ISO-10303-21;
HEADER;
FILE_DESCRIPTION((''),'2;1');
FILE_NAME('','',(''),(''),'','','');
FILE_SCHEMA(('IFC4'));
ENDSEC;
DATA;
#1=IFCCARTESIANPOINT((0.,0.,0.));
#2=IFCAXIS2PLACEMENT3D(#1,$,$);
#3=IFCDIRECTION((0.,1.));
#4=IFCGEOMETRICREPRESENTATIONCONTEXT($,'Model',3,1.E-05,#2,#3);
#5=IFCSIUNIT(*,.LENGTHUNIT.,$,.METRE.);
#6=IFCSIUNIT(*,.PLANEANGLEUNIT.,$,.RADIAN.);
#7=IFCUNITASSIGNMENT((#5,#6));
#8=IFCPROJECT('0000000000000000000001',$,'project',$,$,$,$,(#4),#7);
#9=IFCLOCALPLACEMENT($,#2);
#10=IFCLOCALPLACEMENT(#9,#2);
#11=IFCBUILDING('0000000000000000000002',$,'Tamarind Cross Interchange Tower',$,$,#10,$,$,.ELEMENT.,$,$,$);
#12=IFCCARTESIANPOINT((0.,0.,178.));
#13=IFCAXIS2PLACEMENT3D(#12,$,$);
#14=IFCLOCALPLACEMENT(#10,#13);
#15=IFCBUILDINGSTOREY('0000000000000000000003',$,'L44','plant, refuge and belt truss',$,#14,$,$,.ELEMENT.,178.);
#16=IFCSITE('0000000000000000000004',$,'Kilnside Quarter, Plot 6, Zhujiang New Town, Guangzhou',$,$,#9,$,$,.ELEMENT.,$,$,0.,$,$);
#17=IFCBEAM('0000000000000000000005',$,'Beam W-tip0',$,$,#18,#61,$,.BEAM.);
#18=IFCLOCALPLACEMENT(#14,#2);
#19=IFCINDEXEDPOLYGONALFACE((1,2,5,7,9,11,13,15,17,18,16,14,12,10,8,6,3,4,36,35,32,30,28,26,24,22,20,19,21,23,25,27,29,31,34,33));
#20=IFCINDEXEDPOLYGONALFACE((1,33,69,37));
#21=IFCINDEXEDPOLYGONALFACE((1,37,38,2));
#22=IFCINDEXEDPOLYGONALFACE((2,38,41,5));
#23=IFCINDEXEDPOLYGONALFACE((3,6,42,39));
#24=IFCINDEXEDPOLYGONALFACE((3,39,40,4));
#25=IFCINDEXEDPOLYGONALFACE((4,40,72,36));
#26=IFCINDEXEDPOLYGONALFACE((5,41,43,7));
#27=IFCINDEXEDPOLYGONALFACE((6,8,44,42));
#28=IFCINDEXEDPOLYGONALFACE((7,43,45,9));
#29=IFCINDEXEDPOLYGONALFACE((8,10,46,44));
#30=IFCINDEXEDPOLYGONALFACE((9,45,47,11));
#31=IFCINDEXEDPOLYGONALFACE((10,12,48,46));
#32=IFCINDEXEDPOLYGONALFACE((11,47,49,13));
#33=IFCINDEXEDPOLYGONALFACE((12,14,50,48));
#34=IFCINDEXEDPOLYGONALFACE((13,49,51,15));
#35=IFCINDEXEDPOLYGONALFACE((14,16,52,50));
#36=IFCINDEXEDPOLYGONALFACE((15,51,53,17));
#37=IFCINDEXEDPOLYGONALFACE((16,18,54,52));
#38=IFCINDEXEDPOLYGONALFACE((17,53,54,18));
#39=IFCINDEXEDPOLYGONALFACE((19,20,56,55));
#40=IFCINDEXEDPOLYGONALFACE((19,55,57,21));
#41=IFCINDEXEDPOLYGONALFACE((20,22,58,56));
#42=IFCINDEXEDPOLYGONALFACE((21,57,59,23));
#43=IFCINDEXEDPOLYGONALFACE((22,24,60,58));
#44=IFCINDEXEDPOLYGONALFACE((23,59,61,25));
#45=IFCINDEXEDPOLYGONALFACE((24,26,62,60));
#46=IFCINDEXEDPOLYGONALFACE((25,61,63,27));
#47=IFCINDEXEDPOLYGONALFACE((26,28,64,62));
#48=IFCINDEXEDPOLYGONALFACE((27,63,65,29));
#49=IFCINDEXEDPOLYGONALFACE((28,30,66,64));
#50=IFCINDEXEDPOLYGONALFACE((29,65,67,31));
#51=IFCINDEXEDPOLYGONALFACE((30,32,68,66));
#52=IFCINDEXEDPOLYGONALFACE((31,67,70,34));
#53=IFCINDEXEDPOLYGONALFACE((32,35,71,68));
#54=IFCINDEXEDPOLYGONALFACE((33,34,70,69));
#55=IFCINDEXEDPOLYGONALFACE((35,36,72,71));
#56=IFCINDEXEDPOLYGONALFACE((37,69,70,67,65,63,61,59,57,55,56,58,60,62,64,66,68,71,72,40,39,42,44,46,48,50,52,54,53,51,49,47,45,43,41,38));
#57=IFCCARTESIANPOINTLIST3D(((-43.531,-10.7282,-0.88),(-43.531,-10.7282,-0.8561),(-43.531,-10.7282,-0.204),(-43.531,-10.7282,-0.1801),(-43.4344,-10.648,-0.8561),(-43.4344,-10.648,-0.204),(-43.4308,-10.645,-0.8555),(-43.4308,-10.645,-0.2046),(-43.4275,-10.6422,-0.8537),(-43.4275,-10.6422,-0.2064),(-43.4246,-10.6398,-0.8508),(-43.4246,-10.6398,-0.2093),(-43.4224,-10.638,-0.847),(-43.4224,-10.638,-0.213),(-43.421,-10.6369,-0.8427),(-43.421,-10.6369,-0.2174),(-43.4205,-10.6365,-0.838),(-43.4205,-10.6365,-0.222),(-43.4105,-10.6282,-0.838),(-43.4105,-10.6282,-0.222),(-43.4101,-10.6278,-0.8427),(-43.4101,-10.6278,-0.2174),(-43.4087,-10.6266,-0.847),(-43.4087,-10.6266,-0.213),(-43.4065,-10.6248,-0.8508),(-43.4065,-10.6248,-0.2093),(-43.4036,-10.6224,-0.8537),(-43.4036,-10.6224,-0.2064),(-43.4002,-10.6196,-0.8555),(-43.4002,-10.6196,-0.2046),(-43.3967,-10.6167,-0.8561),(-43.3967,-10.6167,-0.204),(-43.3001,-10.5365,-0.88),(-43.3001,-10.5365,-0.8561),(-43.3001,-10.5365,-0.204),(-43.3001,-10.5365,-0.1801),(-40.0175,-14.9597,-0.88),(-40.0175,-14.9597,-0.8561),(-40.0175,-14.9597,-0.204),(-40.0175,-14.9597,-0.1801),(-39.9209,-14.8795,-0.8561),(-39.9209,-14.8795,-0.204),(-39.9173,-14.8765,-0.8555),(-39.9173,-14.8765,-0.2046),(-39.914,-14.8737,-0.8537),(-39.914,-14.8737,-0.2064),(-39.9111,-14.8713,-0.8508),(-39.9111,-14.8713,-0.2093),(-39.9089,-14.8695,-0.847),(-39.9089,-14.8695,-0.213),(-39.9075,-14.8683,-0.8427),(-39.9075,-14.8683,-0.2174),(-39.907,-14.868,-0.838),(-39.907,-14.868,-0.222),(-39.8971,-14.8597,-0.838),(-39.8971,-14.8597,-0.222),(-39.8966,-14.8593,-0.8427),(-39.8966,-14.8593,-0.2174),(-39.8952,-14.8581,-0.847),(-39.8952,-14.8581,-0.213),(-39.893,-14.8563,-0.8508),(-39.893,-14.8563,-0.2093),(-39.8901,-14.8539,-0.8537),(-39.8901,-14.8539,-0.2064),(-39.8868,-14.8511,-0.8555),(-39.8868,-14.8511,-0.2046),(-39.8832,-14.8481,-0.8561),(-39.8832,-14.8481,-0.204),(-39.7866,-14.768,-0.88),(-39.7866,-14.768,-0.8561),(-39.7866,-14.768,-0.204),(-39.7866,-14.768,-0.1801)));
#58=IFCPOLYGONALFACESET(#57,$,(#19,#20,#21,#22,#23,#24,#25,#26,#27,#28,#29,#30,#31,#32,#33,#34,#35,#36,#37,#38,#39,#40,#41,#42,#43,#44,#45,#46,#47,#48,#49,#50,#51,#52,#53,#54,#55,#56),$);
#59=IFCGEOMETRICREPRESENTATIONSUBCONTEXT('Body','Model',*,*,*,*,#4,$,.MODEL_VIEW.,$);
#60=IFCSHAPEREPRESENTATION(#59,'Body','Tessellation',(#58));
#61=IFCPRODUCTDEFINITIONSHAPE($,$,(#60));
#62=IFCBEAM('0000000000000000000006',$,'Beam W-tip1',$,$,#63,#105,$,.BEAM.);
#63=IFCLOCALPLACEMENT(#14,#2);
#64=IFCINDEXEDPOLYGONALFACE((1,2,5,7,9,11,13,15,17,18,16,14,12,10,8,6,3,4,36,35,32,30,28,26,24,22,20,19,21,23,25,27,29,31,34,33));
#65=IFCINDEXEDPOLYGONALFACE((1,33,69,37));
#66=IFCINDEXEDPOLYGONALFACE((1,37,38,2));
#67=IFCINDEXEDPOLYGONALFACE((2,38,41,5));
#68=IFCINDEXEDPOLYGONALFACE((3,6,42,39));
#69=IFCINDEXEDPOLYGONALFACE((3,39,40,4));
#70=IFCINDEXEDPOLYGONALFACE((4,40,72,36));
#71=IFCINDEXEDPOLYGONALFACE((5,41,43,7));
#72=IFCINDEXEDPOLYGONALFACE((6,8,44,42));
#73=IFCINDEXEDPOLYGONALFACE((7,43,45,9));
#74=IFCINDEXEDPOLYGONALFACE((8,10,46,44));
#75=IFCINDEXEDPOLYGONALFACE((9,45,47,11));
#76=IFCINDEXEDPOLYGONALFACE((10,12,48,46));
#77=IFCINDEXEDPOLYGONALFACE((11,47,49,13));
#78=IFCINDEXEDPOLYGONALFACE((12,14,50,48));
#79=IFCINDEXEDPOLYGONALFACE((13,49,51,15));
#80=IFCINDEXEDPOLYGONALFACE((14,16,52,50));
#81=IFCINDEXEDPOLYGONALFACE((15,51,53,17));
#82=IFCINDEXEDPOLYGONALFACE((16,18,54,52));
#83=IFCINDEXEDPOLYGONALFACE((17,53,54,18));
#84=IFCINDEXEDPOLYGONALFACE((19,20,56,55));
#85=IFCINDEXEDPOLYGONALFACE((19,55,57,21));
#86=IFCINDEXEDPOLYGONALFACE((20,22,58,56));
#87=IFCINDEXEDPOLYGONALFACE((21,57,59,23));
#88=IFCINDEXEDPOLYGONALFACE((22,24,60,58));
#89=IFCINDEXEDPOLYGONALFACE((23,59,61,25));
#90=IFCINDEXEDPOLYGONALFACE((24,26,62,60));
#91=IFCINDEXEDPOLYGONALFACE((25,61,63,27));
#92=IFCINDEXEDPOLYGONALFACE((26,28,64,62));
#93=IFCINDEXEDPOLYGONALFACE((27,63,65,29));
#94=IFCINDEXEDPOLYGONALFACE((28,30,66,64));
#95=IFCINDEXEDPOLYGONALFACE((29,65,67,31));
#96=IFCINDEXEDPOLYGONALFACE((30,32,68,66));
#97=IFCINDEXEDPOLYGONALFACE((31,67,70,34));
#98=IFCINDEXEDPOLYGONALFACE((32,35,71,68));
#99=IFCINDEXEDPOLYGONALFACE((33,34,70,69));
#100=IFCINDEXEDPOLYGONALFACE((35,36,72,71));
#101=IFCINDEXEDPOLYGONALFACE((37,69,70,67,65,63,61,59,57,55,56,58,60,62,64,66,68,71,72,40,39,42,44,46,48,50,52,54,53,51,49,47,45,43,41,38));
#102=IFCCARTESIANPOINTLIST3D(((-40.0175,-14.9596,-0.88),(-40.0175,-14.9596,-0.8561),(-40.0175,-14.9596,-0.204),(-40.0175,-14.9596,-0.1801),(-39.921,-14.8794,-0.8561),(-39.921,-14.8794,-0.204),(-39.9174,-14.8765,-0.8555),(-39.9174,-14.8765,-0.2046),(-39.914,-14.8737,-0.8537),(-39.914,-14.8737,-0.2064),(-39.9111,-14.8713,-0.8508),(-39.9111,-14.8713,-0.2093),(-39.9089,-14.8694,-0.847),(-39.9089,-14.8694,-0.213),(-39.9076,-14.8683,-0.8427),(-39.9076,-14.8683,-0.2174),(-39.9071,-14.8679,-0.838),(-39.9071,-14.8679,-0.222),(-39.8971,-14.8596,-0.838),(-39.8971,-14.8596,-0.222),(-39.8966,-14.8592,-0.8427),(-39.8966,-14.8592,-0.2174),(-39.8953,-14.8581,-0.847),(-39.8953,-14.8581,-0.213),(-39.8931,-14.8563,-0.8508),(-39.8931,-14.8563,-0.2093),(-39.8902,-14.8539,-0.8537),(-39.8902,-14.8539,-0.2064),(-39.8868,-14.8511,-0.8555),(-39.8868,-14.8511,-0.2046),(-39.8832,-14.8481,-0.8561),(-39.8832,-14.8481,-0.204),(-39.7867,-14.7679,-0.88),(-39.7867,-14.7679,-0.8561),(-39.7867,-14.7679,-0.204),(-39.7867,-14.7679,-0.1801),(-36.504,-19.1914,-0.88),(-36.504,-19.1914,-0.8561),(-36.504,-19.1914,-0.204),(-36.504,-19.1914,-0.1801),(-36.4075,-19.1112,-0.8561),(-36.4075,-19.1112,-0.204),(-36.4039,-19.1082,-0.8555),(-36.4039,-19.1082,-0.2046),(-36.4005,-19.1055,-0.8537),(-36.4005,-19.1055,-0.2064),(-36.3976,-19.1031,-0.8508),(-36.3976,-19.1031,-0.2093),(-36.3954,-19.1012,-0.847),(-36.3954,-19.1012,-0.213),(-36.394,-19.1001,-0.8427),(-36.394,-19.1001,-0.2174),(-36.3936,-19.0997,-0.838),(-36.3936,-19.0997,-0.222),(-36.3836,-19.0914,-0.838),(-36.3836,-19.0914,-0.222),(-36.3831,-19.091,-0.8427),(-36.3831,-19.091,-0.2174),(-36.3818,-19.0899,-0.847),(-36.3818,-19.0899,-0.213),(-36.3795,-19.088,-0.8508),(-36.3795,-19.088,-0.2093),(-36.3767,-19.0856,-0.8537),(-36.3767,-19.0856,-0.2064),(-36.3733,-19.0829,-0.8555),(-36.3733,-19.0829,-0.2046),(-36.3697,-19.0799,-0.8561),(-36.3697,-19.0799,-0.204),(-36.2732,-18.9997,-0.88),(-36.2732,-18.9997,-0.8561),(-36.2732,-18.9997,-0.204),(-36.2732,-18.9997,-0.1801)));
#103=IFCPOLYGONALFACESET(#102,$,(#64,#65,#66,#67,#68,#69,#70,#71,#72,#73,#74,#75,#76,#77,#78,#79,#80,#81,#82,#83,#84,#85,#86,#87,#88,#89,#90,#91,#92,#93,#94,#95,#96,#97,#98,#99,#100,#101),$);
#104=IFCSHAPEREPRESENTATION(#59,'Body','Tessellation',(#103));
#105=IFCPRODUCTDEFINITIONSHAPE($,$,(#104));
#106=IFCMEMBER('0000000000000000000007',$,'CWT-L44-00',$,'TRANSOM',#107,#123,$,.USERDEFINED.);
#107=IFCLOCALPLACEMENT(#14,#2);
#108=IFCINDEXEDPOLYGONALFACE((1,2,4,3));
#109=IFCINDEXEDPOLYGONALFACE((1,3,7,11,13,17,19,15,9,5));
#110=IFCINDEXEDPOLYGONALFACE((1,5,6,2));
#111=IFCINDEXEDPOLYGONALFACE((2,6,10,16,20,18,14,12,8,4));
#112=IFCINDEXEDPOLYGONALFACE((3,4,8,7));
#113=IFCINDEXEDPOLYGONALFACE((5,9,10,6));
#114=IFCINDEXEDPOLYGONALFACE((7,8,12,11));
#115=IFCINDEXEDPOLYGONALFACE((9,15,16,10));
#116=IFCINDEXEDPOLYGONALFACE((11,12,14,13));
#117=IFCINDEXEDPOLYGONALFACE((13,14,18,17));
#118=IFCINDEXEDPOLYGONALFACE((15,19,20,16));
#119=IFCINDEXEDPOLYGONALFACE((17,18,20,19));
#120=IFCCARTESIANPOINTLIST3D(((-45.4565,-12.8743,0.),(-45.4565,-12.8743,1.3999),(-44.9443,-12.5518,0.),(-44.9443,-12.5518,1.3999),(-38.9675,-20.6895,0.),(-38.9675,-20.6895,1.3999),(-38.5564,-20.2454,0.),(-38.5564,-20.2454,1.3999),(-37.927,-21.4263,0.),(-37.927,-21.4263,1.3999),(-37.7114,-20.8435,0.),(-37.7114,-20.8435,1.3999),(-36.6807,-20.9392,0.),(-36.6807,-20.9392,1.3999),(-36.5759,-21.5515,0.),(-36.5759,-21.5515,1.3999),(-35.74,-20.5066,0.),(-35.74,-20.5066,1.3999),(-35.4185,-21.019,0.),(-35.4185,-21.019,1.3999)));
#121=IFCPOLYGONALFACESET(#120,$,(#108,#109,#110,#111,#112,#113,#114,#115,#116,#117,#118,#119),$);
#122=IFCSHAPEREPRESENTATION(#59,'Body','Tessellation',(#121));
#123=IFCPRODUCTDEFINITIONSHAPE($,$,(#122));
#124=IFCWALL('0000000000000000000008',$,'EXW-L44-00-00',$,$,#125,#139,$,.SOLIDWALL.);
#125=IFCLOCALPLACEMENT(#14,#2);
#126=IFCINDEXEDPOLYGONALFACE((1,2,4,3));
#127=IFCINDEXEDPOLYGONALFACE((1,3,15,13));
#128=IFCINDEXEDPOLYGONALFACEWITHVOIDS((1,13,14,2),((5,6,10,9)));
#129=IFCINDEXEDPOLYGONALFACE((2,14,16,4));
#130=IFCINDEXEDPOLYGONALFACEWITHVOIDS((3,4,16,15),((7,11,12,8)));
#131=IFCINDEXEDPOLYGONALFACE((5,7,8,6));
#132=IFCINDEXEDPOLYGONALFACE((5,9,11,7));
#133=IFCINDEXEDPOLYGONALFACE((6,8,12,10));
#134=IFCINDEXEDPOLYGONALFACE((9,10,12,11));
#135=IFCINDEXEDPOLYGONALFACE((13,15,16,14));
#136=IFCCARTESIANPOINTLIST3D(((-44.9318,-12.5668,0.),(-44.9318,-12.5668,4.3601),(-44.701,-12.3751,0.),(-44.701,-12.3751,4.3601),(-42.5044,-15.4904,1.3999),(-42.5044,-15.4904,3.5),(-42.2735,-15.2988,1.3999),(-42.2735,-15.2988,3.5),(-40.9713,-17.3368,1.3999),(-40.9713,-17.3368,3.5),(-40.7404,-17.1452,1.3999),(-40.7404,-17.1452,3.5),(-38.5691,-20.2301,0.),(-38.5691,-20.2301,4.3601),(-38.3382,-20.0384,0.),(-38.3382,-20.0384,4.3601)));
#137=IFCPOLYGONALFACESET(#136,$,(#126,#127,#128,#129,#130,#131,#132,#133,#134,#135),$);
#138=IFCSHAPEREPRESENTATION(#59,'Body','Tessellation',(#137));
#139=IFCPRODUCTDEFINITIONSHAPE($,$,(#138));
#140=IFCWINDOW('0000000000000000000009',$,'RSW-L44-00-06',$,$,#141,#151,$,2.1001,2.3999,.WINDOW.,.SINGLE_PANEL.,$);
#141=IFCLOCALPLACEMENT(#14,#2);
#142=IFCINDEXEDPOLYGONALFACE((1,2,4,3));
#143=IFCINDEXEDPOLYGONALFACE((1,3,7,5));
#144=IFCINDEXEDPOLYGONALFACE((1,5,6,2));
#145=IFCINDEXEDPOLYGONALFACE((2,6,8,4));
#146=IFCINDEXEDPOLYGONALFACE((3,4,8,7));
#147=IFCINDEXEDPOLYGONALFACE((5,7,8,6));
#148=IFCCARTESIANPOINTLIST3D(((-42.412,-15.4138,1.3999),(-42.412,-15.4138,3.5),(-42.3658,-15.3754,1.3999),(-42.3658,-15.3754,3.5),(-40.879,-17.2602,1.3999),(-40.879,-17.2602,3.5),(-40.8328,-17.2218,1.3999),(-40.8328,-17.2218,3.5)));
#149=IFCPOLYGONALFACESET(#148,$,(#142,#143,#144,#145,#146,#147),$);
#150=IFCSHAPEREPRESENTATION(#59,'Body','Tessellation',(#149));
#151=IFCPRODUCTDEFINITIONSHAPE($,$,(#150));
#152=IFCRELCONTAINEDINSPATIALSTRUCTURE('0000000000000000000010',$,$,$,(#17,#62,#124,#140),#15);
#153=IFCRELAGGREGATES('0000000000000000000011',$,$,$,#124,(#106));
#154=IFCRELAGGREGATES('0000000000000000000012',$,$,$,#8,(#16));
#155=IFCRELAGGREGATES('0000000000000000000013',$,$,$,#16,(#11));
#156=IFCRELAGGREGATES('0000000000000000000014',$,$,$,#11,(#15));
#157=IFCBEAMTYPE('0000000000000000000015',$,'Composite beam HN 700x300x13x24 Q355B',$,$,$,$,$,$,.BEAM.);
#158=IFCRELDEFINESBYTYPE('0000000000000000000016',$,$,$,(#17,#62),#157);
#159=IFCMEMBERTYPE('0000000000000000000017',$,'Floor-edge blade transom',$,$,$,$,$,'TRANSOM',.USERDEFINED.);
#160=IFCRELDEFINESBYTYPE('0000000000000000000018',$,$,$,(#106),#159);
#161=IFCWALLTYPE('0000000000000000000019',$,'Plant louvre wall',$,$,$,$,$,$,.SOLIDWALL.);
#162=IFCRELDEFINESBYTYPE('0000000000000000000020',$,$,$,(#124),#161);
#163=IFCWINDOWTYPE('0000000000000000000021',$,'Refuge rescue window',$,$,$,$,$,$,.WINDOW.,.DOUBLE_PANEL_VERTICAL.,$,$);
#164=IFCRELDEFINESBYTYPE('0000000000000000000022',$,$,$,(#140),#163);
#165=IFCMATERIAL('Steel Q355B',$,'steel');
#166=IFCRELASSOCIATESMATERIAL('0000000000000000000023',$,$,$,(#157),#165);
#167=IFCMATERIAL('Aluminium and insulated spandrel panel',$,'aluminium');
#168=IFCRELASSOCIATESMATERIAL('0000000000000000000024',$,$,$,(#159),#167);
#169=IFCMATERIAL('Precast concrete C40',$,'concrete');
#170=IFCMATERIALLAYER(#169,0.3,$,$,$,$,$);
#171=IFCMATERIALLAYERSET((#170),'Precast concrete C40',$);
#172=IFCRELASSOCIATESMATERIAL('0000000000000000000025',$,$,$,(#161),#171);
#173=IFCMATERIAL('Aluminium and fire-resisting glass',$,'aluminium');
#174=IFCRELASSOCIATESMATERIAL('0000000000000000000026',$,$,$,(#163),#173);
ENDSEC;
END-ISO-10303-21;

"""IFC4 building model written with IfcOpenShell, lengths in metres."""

from ifc_helpers import new_model, si_unit, direction, frame, frame_2d, origin, origin_2d, place, context, subcontext, project, spatial, polyline, rectangle, i_section, outline, extrude, material, layer, layer_set, material_profile, profile_set, type_object, element, fill, aggregate, save


model = new_model("IFC4")

# Units and contexts
model_context = context("Model", 3, precision=1e-05, world=origin(), true_north=direction((0.0, 1.0)))
body_context = subcontext(model_context, "Body", "Model", "MODEL_VIEW")
ifc_project = project(units=[si_unit("LENGTHUNIT", "METRE"), si_unit("PLANEANGLEUNIT", "RADIAN")], contexts=[model_context])

# Site, building, storey
site_placement = place(None, origin())
site = spatial("IfcSite", under=ifc_project, at=site_placement, Name="Kilnside Quarter, Plot 6, Zhujiang New Town, Guangzhou", CompositionType="ELEMENT", RefElevation=0.0)
building_placement = place(site_placement, origin())
building = spatial("IfcBuilding", under=site, at=building_placement, Name="Tamarind Cross Interchange Tower", CompositionType="ELEMENT")
storey_placement = place(building_placement, frame((0.0, 0.0, 178.0)))
storey = spatial("IfcBuildingStorey", under=building, at=storey_placement, Name="L44", Description="plant, refuge and belt truss", CompositionType="ELEMENT", Elevation=178.0)

# Beams
ifc_material_1 = material(Name="Steel Q355B", Category="steel")
ifc_material_profile_1 = material_profile(ifc_material_1, i_section(OverallWidth=0.3, OverallDepth=0.7, WebThickness=0.0129, FlangeThickness=0.0239, FilletRadius=0.0181, at=origin_2d()), Name="HN 700x300x13x24")
ifc_profile_set_1 = profile_set([ifc_material_profile_1], Name="Steel Q355B")
beam_type_1 = type_object("IfcBeamType", Name="Composite beam HN 700x300x13x24 Q355B", PredefinedType="BEAM", material=ifc_profile_set_1)
beam_1_placement = place(storey_placement, frame((-43.4155, -10.6323, -0.53), z_axis=(0.638812, -0.769363, 0.0), x_axis=(0.769363, 0.638812, 0.0)))
element("IfcBeam", 1, at=beam_1_placement, inside=storey, type_object=beam_type_1, Name="Beam W-tip0", PredefinedType="BEAM", context=body_context, shape_type="SweptSolid", body=[
    extrude(i_section(OverallWidth=0.3, OverallDepth=0.7, WebThickness=0.0129, FlangeThickness=0.0239, FilletRadius=0.0181, at=origin_2d()), origin(), (0.0, 0.0, 1.0), 5.5),
])
beam_2_placement = place(storey_placement, frame((-39.9021, -14.8638, -0.53), z_axis=(0.638791, -0.769381, 0.0), x_axis=(0.769381, 0.638791, 0.0)))
element("IfcBeam", 2, at=beam_2_placement, inside=storey, type_object=beam_type_1, Name="Beam W-tip1", PredefinedType="BEAM", context=body_context, shape_type="SweptSolid", body=[
    extrude(i_section(OverallWidth=0.3, OverallDepth=0.7, WebThickness=0.0129, FlangeThickness=0.0239, FilletRadius=0.0181, at=origin_2d()), origin(), (0.0, 0.0, 1.0), 5.5002),
])

# Member
ifc_material_2 = material(Name="Aluminium and insulated spandrel panel", Category="aluminium")
member_type_1 = type_object("IfcMemberType", Name="Floor-edge blade transom", ElementType="TRANSOM", PredefinedType="USERDEFINED", material=ifc_material_2)
member_1_placement = place(storey_placement, origin())
member_1 = element("IfcMember", 3, at=member_1_placement, type_object=member_type_1, Name="CWT-L44-00", ObjectType="TRANSOM", PredefinedType="USERDEFINED", context=body_context, shape_type="SweptSolid", body=[
    extrude(outline(polyline([(-44.9443, -12.5518), (-38.5564, -20.2454), (-37.7114, -20.8435), (-36.6807, -20.9392), (-35.74, -20.5066), (-35.4185, -21.019), (-36.5759, -21.5515), (-37.927, -21.4263), (-38.9675, -20.6895), (-45.4565, -12.8743), (-44.9443, -12.5518)])), origin(), (0.0, 0.0, 1.0), 1.3999),
])

# Wall, opening, window
ifc_material_3 = material(Name="Precast concrete C40", Category="concrete")
ifc_layer_1 = layer(ifc_material_3, 0.3)
ifc_layer_set_1 = layer_set([ifc_layer_1], Name="Precast concrete C40")
wall_type_1 = type_object("IfcWallType", Name="Plant louvre wall", PredefinedType="SOLIDWALL", material=ifc_layer_set_1)
wall_1_placement = place(storey_placement, frame((-44.8164, -12.4709, 0.0), z_axis=(0.0, 0.0, 1.0), x_axis=(0.638802, -0.769371, 0.0)))
wall_1 = element("IfcWall", 4, at=wall_1_placement, inside=storey, type_object=wall_type_1, Name="EXW-L44-00-00", PredefinedType="SOLIDWALL", context=body_context, shape_type="SweptSolid", body=[
    extrude(rectangle(XDim=9.9604, YDim=0.3, at=frame_2d((4.9802, 0.0))), origin(), (0.0, 0.0, 1.0), 4.3601),
])
opening_1_placement = place(wall_1_placement, frame((3.8, 0.0, 1.3999)))
opening_1 = element("IfcOpeningElement", 5, at=opening_1_placement, cuts=wall_1, PredefinedType="OPENING", context=body_context, shape_type="SweptSolid", body=[
    extrude(rectangle(XDim=2.3999, YDim=2.1001, at=frame_2d((1.2, 1.05))), frame((0.0, 0.1599, 0.0), z_axis=(0.0, -1.0, 0.0), x_axis=(1.0, 0.0, 0.0)), (0.0, 0.0, 1.0), 0.3201),
])
ifc_material_4 = material(Name="Aluminium and fire-resisting glass", Category="aluminium")
window_type_1 = type_object("IfcWindowType", Name="Refuge rescue window", PartitioningType="DOUBLE_PANEL_VERTICAL", PredefinedType="WINDOW", material=ifc_material_4)
window_1_placement = place(opening_1_placement, origin())
window_1 = element("IfcWindow", 6, at=window_1_placement, inside=storey, type_object=window_type_1, Name="RSW-L44-00-06", OverallHeight=2.1001, OverallWidth=2.3999, PartitioningType="SINGLE_PANEL", PredefinedType="WINDOW", context=body_context, shape_type="SweptSolid", body=[
    extrude(rectangle(XDim=2.3999, YDim=2.1001, at=frame_2d((1.2, 1.05))), frame((0.0, 0.03, 0.0), z_axis=(0.0, -1.0, 0.0), x_axis=(1.0, 0.0, 0.0)), (0.0, 0.0, 1.0), 0.0601),
])
fill(opening_1, window_1)
aggregate(wall_1, [member_1])

save(model, "model.ifc")
